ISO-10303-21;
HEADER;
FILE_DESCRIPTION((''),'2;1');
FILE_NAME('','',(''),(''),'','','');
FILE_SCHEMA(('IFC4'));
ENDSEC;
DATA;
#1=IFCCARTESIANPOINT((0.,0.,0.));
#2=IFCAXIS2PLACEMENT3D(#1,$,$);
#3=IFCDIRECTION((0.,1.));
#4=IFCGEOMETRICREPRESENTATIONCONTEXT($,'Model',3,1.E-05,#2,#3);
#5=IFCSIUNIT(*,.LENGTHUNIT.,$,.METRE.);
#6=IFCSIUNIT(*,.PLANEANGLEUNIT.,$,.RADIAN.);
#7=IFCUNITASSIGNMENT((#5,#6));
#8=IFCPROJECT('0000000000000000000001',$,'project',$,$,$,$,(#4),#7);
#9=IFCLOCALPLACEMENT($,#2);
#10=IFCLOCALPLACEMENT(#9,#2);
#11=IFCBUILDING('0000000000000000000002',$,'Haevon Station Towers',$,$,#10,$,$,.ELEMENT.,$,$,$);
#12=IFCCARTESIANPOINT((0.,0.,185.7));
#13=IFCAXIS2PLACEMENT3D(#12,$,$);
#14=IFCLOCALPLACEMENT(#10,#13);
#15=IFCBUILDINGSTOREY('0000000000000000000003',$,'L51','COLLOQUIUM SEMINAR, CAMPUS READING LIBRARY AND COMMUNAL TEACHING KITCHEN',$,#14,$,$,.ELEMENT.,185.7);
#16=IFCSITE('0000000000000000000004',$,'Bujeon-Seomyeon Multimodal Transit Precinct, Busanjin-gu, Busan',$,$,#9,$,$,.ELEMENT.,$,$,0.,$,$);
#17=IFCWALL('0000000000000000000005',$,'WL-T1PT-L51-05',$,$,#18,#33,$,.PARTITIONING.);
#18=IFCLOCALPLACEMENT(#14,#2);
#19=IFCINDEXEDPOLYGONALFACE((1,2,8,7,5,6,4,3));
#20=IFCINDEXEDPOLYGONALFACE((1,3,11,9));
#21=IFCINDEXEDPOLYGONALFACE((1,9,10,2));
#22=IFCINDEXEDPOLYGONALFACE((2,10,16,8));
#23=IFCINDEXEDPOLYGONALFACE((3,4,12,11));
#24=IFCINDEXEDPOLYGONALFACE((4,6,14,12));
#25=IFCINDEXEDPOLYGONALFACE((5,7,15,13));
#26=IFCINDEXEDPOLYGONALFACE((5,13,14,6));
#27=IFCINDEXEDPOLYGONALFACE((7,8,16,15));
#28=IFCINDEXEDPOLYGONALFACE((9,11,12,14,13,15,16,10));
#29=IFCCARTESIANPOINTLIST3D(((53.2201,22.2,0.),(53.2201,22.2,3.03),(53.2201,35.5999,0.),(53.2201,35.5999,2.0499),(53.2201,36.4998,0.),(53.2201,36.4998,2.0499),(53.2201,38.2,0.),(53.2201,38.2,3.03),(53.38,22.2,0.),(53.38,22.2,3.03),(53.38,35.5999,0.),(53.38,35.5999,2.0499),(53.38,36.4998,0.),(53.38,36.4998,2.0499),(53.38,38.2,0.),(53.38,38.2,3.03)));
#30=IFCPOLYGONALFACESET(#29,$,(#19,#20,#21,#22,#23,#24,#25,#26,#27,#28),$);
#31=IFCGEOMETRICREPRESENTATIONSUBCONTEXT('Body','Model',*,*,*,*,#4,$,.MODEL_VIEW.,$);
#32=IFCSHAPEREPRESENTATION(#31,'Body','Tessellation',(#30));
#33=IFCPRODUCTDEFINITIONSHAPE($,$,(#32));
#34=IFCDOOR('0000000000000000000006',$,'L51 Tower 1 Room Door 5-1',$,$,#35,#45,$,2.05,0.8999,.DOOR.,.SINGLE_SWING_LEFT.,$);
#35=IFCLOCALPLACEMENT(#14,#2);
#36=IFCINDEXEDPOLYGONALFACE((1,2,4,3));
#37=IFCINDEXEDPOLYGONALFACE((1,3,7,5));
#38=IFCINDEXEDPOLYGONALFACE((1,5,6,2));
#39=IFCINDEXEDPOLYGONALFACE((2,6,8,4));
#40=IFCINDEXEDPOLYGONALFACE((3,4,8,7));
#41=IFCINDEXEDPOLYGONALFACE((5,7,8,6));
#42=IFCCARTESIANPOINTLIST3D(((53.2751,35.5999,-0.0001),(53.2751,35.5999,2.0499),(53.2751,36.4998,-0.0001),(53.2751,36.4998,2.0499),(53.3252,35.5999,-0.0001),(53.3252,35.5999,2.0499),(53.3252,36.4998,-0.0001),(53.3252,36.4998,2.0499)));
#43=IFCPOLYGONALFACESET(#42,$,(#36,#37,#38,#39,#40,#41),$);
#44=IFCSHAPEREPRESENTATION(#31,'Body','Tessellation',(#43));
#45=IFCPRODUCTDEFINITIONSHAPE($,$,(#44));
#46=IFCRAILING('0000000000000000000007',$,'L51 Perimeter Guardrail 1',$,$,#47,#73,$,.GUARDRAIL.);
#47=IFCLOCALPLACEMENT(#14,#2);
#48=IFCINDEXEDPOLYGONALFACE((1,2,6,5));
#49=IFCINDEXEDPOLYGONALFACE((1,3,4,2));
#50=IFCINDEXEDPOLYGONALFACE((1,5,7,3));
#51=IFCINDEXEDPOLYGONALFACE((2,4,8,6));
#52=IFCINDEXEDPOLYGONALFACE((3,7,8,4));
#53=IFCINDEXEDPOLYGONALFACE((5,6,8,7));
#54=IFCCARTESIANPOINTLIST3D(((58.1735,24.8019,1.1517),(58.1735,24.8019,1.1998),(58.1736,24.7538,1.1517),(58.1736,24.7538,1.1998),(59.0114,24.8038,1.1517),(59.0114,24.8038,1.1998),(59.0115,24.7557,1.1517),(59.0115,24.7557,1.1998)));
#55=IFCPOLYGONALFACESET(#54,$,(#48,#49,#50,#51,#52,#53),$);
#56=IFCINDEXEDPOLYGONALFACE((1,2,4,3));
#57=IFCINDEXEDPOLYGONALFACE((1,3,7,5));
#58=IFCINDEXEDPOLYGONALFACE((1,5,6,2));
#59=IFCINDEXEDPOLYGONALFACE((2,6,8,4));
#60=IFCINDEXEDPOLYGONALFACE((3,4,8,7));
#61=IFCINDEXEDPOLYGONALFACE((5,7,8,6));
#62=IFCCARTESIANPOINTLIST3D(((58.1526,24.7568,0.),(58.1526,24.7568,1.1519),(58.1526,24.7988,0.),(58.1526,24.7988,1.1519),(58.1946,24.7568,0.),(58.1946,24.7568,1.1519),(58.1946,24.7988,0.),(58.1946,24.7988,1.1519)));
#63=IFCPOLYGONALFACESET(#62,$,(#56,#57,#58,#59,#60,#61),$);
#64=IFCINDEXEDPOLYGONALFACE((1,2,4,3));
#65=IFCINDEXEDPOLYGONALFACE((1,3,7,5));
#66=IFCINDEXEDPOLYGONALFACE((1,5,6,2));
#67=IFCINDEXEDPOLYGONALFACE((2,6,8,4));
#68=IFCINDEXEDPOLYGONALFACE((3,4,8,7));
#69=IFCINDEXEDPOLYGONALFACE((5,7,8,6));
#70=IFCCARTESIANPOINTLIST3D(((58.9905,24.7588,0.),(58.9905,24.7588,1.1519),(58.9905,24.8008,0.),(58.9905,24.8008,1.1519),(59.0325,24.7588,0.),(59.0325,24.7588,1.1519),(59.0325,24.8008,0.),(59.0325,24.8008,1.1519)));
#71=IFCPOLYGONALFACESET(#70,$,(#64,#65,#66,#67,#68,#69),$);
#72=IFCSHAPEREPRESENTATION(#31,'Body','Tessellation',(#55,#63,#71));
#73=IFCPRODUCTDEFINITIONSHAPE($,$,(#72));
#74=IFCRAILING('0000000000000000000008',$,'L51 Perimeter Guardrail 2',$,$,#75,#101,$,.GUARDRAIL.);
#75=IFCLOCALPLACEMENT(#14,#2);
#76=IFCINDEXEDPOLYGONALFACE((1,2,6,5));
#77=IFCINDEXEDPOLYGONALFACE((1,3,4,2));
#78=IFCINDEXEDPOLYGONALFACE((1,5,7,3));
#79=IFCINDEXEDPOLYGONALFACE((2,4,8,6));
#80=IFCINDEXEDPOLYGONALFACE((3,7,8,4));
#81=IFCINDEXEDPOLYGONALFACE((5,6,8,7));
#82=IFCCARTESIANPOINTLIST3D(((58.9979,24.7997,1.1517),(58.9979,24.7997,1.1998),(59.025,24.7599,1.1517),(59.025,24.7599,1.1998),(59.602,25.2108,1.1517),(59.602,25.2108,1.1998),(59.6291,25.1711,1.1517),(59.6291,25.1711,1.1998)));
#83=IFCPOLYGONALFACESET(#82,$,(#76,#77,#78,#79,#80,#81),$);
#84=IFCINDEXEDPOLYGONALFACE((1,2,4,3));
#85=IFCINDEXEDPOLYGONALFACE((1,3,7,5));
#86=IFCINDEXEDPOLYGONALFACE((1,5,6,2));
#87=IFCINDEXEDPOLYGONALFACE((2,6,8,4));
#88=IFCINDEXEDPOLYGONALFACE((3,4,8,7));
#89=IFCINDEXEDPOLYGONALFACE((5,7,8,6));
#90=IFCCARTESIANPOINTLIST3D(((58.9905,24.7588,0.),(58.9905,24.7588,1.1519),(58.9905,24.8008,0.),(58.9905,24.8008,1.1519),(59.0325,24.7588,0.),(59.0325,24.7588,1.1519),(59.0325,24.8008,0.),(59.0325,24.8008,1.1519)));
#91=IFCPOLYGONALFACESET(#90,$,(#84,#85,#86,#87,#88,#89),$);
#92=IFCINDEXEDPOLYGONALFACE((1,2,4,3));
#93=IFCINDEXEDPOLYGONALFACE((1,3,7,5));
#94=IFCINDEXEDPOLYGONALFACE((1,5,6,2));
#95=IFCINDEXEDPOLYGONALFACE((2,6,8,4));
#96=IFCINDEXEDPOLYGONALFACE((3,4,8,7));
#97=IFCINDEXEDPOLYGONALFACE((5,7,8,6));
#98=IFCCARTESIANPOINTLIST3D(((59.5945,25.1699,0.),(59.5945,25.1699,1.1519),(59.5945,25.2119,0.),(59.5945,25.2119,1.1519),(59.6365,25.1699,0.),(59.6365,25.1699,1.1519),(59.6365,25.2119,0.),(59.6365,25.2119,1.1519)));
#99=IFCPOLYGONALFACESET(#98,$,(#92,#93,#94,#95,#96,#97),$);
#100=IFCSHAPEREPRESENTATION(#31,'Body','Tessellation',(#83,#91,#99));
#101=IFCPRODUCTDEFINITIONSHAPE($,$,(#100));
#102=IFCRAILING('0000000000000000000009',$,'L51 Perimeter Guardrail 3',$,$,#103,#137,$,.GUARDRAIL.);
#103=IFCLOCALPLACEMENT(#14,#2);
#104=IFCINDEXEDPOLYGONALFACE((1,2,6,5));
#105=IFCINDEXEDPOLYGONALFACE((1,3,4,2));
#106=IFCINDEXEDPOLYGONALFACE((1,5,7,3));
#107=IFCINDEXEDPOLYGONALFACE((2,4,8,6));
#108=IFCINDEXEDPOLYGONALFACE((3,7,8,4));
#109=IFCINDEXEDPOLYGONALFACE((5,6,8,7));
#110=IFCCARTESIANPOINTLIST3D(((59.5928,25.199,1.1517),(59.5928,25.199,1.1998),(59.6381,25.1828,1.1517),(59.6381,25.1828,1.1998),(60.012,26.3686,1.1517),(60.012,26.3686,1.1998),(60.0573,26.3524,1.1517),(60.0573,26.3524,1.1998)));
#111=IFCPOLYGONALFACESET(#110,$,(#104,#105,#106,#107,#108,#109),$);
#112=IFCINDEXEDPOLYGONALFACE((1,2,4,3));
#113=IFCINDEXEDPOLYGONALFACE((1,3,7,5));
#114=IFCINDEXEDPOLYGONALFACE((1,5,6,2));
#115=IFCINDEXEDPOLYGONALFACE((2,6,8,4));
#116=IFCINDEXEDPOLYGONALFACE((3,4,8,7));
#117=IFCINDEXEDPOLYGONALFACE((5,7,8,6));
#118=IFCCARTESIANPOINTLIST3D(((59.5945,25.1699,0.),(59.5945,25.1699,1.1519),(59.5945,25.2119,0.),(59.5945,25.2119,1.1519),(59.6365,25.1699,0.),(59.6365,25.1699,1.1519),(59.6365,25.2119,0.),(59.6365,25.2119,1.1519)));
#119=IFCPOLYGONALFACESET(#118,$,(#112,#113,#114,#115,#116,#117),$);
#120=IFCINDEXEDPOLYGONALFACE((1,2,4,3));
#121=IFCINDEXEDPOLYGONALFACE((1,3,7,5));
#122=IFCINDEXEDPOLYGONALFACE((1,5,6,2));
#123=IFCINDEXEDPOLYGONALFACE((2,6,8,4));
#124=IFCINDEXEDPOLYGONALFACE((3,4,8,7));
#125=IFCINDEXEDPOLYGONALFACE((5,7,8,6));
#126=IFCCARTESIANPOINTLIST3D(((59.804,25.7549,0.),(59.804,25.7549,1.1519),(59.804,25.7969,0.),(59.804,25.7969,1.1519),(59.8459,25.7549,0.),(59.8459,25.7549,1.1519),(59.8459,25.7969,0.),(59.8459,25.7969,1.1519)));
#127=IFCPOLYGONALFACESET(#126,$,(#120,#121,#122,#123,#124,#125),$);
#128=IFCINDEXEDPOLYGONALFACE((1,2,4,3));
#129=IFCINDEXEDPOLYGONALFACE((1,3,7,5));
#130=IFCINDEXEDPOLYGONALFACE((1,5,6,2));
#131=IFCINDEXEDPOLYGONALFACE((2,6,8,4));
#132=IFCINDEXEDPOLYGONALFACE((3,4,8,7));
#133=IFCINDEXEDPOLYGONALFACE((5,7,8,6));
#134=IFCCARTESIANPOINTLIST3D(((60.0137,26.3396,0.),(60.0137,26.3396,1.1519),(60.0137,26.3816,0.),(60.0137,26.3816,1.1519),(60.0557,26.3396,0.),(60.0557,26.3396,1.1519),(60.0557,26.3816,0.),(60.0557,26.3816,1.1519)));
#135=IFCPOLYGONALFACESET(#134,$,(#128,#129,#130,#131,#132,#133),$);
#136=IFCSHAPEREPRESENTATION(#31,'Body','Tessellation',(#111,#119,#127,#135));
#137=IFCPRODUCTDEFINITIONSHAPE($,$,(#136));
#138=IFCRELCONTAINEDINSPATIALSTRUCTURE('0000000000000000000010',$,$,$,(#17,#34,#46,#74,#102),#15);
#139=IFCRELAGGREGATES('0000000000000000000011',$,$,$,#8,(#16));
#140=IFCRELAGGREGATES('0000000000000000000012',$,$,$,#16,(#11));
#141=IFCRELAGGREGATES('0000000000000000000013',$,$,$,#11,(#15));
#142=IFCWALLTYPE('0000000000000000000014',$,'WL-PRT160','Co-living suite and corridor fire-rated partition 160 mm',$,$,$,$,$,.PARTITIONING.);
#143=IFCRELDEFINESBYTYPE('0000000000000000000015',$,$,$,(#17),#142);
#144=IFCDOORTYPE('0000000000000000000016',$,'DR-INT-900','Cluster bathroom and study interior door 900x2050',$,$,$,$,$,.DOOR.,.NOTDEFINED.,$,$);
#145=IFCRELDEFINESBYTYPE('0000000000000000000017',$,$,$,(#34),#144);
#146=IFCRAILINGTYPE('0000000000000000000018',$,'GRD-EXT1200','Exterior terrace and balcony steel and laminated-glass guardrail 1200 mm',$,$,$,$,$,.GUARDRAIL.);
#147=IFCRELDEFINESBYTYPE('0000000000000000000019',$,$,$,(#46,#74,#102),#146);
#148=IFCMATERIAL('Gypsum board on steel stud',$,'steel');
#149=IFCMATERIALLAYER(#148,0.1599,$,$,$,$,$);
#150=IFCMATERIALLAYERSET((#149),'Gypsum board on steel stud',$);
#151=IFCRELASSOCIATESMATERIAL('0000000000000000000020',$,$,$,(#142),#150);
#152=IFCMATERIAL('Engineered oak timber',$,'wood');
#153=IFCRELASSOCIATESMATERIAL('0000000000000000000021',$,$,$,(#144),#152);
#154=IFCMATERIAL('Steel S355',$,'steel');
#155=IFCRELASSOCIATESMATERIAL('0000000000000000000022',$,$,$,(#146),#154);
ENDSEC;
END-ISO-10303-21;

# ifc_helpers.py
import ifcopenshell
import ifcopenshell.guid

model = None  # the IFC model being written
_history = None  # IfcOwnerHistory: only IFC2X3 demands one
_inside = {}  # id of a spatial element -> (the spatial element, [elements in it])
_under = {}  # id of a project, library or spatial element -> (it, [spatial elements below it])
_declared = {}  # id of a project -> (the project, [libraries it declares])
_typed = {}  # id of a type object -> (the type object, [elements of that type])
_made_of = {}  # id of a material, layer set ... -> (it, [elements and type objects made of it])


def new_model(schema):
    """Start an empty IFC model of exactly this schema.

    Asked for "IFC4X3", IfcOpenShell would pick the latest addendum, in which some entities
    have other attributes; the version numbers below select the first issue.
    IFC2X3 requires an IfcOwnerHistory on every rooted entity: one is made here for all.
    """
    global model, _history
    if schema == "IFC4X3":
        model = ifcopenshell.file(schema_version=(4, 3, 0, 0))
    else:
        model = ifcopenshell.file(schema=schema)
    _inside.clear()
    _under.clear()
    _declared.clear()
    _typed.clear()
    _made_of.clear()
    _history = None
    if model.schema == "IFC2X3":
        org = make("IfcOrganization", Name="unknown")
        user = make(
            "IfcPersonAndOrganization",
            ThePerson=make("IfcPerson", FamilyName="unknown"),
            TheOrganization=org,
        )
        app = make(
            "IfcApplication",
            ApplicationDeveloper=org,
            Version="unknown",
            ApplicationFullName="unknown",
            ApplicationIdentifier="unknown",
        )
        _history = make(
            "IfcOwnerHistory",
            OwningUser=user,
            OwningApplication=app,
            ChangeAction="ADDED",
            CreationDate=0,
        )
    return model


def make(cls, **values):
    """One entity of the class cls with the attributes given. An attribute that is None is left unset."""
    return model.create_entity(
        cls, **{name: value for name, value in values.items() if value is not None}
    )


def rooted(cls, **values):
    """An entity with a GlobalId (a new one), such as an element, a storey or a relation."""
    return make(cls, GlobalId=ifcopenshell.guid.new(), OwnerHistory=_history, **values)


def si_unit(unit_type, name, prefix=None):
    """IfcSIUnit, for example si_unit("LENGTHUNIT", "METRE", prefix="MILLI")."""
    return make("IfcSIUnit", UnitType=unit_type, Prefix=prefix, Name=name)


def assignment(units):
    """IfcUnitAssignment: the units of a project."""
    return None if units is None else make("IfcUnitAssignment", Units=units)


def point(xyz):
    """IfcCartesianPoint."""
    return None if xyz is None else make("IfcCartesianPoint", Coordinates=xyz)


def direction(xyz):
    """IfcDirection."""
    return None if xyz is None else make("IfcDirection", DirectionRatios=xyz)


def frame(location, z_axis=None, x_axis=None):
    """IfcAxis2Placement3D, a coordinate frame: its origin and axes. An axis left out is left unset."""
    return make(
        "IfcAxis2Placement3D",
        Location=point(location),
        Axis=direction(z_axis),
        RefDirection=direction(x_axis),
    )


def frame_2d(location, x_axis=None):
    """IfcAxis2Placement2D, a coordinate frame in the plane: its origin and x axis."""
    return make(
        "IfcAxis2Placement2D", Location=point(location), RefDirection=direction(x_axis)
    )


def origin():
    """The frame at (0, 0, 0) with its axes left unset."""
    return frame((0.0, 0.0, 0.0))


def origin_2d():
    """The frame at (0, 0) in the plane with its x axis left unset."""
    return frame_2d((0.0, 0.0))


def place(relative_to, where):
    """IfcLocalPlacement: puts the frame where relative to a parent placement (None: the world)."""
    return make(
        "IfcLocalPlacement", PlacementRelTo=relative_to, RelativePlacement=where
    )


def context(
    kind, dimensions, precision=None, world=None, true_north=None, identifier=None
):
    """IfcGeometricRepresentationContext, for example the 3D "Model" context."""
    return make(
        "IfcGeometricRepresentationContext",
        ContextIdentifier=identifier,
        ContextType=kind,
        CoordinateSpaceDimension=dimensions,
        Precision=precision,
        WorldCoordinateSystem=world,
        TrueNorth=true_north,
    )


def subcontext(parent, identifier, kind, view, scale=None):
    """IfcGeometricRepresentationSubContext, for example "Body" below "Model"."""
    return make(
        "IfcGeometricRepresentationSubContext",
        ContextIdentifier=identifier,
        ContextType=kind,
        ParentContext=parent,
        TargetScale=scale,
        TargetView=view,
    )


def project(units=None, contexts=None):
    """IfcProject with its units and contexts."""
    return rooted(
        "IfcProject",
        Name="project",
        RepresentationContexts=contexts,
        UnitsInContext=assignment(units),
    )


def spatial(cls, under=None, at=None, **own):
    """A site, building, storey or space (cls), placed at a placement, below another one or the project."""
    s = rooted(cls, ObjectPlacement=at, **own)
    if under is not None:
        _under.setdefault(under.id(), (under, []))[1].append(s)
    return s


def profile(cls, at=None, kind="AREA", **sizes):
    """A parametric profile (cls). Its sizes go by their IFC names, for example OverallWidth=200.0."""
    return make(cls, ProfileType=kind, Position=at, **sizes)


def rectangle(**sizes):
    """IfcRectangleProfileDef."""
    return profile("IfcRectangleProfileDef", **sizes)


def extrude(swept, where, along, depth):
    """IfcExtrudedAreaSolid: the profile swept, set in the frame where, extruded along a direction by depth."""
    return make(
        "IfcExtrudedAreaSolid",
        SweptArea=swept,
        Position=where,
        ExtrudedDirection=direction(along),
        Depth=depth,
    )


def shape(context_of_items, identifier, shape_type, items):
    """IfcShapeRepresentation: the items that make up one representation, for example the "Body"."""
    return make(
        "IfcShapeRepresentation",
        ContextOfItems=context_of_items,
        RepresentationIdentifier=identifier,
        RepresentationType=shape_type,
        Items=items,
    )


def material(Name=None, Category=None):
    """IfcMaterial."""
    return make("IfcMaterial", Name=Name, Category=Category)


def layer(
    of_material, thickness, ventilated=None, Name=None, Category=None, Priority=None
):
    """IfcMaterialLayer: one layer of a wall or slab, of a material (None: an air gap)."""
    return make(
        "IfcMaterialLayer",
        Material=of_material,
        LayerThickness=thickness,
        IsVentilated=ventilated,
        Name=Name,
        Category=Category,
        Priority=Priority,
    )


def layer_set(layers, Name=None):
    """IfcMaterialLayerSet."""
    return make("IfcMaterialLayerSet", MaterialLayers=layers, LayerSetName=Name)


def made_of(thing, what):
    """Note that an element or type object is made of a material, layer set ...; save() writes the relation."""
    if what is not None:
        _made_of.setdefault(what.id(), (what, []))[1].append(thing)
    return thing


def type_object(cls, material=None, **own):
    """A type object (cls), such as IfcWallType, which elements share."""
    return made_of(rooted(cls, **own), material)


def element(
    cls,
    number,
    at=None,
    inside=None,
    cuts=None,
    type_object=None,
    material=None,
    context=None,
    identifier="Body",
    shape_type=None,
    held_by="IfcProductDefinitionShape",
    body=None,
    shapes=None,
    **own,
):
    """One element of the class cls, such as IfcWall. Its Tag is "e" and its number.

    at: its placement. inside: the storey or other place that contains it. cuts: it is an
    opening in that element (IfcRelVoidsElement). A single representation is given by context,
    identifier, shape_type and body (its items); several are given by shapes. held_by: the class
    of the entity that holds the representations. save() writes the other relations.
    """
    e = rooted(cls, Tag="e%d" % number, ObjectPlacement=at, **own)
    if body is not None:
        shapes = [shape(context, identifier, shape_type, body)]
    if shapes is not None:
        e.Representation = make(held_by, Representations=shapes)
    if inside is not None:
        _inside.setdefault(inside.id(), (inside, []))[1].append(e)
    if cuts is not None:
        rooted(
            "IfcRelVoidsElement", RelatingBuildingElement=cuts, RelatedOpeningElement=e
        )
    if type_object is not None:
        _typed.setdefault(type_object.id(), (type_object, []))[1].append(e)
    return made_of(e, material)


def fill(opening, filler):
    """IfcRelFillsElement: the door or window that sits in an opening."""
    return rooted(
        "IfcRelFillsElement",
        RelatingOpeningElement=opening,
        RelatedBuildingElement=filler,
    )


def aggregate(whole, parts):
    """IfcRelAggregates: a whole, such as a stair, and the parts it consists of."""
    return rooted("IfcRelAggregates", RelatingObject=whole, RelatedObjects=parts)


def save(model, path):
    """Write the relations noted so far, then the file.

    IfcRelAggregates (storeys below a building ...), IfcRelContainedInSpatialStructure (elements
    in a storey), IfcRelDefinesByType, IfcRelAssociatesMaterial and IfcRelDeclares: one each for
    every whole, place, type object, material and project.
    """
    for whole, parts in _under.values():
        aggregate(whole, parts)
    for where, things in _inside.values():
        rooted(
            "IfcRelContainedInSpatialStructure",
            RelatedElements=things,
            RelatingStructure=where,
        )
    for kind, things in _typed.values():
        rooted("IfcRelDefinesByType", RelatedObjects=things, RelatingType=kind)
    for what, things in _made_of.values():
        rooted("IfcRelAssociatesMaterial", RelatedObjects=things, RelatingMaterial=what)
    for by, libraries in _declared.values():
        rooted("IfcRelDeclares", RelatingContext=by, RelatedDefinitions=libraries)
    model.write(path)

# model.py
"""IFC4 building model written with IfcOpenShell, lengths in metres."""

from ifc_helpers import new_model, si_unit, direction, frame, frame_2d, origin, origin_2d, place, context, subcontext, project, spatial, rectangle, extrude, material, layer, layer_set, type_object, element, fill, save


model = new_model("IFC4")

# Units and contexts
model_context = context("Model", 3, precision=1e-05, world=origin(), true_north=direction((0.0, 1.0)))
body_context = subcontext(model_context, "Body", "Model", "MODEL_VIEW")
ifc_project = project(units=[si_unit("LENGTHUNIT", "METRE"), si_unit("PLANEANGLEUNIT", "RADIAN")], contexts=[model_context])

# Site, building, storey
site_placement = place(None, origin())
site = spatial("IfcSite", under=ifc_project, at=site_placement, Name="Bujeon-Seomyeon Multimodal Transit Precinct, Busanjin-gu, Busan", CompositionType="ELEMENT", RefElevation=0.0)
building_placement = place(site_placement, origin())
building = spatial("IfcBuilding", under=site, at=building_placement, Name="Haevon Station Towers", CompositionType="ELEMENT")
storey_placement = place(building_placement, frame((0.0, 0.0, 185.7)))
storey = spatial("IfcBuildingStorey", under=building, at=storey_placement, Name="L51", Description="COLLOQUIUM SEMINAR, CAMPUS READING LIBRARY AND COMMUNAL TEACHING KITCHEN", CompositionType="ELEMENT", Elevation=185.7)

# Shared definitions
ifc_material_1 = material(Name="Steel S355", Category="steel")

# Wall, opening, door
ifc_material_2 = material(Name="Gypsum board on steel stud", Category="steel")
ifc_layer_1 = layer(ifc_material_2, 0.1599)
ifc_layer_set_1 = layer_set([ifc_layer_1], Name="Gypsum board on steel stud")
wall_type_1 = type_object("IfcWallType", Name="WL-PRT160", Description="Co-living suite and corridor fire-rated partition 160 mm", PredefinedType="PARTITIONING", material=ifc_layer_set_1)
wall_1_placement = place(storey_placement, frame((53.3, 22.2, 0.0), z_axis=(0.0, 0.0, 1.0), x_axis=(0.0, 1.0, 0.0)))
wall_1 = element("IfcWall", 1, at=wall_1_placement, inside=storey, type_object=wall_type_1, Name="WL-T1PT-L51-05", PredefinedType="PARTITIONING", context=body_context, shape_type="SweptSolid", body=[
    extrude(rectangle(XDim=16.0, YDim=0.1599, at=frame_2d((8.0, 0.0))), origin(), (0.0, 0.0, 1.0), 3.03),
])
opening_1_placement = place(wall_1_placement, frame((13.3999, 0.0, 0.0)))
opening_1 = element("IfcOpeningElement", 2, at=opening_1_placement, cuts=wall_1, PredefinedType="OPENING", context=body_context, shape_type="SweptSolid", body=[
    extrude(rectangle(XDim=0.8999, YDim=2.05, at=frame_2d((0.45, 1.0249))), frame((0.0, 0.0898, 0.0), z_axis=(0.0, -1.0, 0.0), x_axis=(1.0, 0.0, 0.0)), (0.0, 0.0, 1.0), 0.1799),
])
ifc_material_3 = material(Name="Engineered oak timber", Category="wood")
door_type_1 = type_object("IfcDoorType", Name="DR-INT-900", Description="Cluster bathroom and study interior door 900x2050", OperationType="NOTDEFINED", PredefinedType="DOOR", material=ifc_material_3)
door_1_placement = place(opening_1_placement, origin())
door_1 = element("IfcDoor", 3, at=door_1_placement, inside=storey, type_object=door_type_1, Name="L51 Tower 1 Room Door 5-1", OperationType="SINGLE_SWING_LEFT", OverallHeight=2.05, OverallWidth=0.8999, PredefinedType="DOOR", context=body_context, shape_type="SweptSolid", body=[
    extrude(rectangle(XDim=0.8999, YDim=2.05, at=frame_2d((0.45, 1.0249))), frame((0.0, 0.0249, 0.0), z_axis=(0.0, -1.0, 0.0), x_axis=(1.0, 0.0, 0.0)), (0.0, 0.0, 1.0), 0.05),
])
fill(opening_1, door_1)

# Railings
railing_type = type_object("IfcRailingType", Name="GRD-EXT1200", Description="Exterior terrace and balcony steel and laminated-glass guardrail 1200 mm", PredefinedType="GUARDRAIL", material=ifc_material_1)
railing_1_placement = place(storey_placement, frame((58.1736, 24.7778, 0.0)))
element("IfcRailing", 4, at=railing_1_placement, inside=storey, type_object=railing_type, Name="L51 Perimeter Guardrail 1", PredefinedType="GUARDRAIL", context=body_context, shape_type="SweptSolid", body=[
    extrude(rectangle(XDim=0.0481, YDim=0.0481, at=origin_2d()), frame((0.0, 0.0, 1.1758), z_axis=(0.999997, 0.002331, 0.0), x_axis=(-0.002331, 0.999997, 0.0)), (0.0, 0.0, 1.0), 0.8379),
    extrude(rectangle(XDim=0.042, YDim=0.042, at=origin_2d()), origin(), (0.0, 0.0, 1.0), 1.1519),
    extrude(rectangle(XDim=0.042, YDim=0.042, at=origin_2d()), frame((0.8379, 0.002, 0.0)), (0.0, 0.0, 1.0), 1.1519),
])
railing_2_placement = place(storey_placement, frame((59.0115, 24.7798, 0.0)))
element("IfcRailing", 5, at=railing_2_placement, inside=storey, type_object=railing_type, Name="L51 Perimeter Guardrail 2", PredefinedType="GUARDRAIL", context=body_context, shape_type="SweptSolid", body=[
    extrude(rectangle(XDim=0.0481, YDim=0.0481, at=origin_2d()), frame((0.0, 0.0, 1.1758), z_axis=(0.826665, 0.562694, 0.0), x_axis=(-0.562694, 0.826665, 0.0)), (0.0, 0.0, 1.0), 0.7307),
    extrude(rectangle(XDim=0.042, YDim=0.042, at=origin_2d()), origin(), (0.0, 0.0, 1.0), 1.1519),
    extrude(rectangle(XDim=0.042, YDim=0.042, at=origin_2d()), frame((0.604, 0.4111, 0.0)), (0.0, 0.0, 1.0), 1.1519),
])
railing_3_placement = place(storey_placement, frame((59.6155, 25.1909, 0.0)))
element("IfcRailing", 6, at=railing_3_placement, inside=storey, type_object=railing_type, Name="L51 Perimeter Guardrail 3", PredefinedType="GUARDRAIL", context=body_context, shape_type="SweptSolid", body=[
    extrude(rectangle(XDim=0.0481, YDim=0.0481, at=origin_2d()), frame((0.0, 0.0, 1.1758), z_axis=(0.337369, 0.941372, 0.0), x_axis=(-0.941372, 0.337369, 0.0)), (0.0, 0.0, 1.0), 1.2424),
    extrude(rectangle(XDim=0.042, YDim=0.042, at=origin_2d()), origin(), (0.0, 0.0, 1.0), 1.1519),
    extrude(rectangle(XDim=0.042, YDim=0.042, at=origin_2d()), frame((0.2095, 0.585, 0.0)), (0.0, 0.0, 1.0), 1.1519),
    extrude(rectangle(XDim=0.042, YDim=0.042, at=origin_2d()), frame((0.4192, 1.1697, 0.0)), (0.0, 0.0, 1.0), 1.1519),
])

save(model, "model.ifc")
